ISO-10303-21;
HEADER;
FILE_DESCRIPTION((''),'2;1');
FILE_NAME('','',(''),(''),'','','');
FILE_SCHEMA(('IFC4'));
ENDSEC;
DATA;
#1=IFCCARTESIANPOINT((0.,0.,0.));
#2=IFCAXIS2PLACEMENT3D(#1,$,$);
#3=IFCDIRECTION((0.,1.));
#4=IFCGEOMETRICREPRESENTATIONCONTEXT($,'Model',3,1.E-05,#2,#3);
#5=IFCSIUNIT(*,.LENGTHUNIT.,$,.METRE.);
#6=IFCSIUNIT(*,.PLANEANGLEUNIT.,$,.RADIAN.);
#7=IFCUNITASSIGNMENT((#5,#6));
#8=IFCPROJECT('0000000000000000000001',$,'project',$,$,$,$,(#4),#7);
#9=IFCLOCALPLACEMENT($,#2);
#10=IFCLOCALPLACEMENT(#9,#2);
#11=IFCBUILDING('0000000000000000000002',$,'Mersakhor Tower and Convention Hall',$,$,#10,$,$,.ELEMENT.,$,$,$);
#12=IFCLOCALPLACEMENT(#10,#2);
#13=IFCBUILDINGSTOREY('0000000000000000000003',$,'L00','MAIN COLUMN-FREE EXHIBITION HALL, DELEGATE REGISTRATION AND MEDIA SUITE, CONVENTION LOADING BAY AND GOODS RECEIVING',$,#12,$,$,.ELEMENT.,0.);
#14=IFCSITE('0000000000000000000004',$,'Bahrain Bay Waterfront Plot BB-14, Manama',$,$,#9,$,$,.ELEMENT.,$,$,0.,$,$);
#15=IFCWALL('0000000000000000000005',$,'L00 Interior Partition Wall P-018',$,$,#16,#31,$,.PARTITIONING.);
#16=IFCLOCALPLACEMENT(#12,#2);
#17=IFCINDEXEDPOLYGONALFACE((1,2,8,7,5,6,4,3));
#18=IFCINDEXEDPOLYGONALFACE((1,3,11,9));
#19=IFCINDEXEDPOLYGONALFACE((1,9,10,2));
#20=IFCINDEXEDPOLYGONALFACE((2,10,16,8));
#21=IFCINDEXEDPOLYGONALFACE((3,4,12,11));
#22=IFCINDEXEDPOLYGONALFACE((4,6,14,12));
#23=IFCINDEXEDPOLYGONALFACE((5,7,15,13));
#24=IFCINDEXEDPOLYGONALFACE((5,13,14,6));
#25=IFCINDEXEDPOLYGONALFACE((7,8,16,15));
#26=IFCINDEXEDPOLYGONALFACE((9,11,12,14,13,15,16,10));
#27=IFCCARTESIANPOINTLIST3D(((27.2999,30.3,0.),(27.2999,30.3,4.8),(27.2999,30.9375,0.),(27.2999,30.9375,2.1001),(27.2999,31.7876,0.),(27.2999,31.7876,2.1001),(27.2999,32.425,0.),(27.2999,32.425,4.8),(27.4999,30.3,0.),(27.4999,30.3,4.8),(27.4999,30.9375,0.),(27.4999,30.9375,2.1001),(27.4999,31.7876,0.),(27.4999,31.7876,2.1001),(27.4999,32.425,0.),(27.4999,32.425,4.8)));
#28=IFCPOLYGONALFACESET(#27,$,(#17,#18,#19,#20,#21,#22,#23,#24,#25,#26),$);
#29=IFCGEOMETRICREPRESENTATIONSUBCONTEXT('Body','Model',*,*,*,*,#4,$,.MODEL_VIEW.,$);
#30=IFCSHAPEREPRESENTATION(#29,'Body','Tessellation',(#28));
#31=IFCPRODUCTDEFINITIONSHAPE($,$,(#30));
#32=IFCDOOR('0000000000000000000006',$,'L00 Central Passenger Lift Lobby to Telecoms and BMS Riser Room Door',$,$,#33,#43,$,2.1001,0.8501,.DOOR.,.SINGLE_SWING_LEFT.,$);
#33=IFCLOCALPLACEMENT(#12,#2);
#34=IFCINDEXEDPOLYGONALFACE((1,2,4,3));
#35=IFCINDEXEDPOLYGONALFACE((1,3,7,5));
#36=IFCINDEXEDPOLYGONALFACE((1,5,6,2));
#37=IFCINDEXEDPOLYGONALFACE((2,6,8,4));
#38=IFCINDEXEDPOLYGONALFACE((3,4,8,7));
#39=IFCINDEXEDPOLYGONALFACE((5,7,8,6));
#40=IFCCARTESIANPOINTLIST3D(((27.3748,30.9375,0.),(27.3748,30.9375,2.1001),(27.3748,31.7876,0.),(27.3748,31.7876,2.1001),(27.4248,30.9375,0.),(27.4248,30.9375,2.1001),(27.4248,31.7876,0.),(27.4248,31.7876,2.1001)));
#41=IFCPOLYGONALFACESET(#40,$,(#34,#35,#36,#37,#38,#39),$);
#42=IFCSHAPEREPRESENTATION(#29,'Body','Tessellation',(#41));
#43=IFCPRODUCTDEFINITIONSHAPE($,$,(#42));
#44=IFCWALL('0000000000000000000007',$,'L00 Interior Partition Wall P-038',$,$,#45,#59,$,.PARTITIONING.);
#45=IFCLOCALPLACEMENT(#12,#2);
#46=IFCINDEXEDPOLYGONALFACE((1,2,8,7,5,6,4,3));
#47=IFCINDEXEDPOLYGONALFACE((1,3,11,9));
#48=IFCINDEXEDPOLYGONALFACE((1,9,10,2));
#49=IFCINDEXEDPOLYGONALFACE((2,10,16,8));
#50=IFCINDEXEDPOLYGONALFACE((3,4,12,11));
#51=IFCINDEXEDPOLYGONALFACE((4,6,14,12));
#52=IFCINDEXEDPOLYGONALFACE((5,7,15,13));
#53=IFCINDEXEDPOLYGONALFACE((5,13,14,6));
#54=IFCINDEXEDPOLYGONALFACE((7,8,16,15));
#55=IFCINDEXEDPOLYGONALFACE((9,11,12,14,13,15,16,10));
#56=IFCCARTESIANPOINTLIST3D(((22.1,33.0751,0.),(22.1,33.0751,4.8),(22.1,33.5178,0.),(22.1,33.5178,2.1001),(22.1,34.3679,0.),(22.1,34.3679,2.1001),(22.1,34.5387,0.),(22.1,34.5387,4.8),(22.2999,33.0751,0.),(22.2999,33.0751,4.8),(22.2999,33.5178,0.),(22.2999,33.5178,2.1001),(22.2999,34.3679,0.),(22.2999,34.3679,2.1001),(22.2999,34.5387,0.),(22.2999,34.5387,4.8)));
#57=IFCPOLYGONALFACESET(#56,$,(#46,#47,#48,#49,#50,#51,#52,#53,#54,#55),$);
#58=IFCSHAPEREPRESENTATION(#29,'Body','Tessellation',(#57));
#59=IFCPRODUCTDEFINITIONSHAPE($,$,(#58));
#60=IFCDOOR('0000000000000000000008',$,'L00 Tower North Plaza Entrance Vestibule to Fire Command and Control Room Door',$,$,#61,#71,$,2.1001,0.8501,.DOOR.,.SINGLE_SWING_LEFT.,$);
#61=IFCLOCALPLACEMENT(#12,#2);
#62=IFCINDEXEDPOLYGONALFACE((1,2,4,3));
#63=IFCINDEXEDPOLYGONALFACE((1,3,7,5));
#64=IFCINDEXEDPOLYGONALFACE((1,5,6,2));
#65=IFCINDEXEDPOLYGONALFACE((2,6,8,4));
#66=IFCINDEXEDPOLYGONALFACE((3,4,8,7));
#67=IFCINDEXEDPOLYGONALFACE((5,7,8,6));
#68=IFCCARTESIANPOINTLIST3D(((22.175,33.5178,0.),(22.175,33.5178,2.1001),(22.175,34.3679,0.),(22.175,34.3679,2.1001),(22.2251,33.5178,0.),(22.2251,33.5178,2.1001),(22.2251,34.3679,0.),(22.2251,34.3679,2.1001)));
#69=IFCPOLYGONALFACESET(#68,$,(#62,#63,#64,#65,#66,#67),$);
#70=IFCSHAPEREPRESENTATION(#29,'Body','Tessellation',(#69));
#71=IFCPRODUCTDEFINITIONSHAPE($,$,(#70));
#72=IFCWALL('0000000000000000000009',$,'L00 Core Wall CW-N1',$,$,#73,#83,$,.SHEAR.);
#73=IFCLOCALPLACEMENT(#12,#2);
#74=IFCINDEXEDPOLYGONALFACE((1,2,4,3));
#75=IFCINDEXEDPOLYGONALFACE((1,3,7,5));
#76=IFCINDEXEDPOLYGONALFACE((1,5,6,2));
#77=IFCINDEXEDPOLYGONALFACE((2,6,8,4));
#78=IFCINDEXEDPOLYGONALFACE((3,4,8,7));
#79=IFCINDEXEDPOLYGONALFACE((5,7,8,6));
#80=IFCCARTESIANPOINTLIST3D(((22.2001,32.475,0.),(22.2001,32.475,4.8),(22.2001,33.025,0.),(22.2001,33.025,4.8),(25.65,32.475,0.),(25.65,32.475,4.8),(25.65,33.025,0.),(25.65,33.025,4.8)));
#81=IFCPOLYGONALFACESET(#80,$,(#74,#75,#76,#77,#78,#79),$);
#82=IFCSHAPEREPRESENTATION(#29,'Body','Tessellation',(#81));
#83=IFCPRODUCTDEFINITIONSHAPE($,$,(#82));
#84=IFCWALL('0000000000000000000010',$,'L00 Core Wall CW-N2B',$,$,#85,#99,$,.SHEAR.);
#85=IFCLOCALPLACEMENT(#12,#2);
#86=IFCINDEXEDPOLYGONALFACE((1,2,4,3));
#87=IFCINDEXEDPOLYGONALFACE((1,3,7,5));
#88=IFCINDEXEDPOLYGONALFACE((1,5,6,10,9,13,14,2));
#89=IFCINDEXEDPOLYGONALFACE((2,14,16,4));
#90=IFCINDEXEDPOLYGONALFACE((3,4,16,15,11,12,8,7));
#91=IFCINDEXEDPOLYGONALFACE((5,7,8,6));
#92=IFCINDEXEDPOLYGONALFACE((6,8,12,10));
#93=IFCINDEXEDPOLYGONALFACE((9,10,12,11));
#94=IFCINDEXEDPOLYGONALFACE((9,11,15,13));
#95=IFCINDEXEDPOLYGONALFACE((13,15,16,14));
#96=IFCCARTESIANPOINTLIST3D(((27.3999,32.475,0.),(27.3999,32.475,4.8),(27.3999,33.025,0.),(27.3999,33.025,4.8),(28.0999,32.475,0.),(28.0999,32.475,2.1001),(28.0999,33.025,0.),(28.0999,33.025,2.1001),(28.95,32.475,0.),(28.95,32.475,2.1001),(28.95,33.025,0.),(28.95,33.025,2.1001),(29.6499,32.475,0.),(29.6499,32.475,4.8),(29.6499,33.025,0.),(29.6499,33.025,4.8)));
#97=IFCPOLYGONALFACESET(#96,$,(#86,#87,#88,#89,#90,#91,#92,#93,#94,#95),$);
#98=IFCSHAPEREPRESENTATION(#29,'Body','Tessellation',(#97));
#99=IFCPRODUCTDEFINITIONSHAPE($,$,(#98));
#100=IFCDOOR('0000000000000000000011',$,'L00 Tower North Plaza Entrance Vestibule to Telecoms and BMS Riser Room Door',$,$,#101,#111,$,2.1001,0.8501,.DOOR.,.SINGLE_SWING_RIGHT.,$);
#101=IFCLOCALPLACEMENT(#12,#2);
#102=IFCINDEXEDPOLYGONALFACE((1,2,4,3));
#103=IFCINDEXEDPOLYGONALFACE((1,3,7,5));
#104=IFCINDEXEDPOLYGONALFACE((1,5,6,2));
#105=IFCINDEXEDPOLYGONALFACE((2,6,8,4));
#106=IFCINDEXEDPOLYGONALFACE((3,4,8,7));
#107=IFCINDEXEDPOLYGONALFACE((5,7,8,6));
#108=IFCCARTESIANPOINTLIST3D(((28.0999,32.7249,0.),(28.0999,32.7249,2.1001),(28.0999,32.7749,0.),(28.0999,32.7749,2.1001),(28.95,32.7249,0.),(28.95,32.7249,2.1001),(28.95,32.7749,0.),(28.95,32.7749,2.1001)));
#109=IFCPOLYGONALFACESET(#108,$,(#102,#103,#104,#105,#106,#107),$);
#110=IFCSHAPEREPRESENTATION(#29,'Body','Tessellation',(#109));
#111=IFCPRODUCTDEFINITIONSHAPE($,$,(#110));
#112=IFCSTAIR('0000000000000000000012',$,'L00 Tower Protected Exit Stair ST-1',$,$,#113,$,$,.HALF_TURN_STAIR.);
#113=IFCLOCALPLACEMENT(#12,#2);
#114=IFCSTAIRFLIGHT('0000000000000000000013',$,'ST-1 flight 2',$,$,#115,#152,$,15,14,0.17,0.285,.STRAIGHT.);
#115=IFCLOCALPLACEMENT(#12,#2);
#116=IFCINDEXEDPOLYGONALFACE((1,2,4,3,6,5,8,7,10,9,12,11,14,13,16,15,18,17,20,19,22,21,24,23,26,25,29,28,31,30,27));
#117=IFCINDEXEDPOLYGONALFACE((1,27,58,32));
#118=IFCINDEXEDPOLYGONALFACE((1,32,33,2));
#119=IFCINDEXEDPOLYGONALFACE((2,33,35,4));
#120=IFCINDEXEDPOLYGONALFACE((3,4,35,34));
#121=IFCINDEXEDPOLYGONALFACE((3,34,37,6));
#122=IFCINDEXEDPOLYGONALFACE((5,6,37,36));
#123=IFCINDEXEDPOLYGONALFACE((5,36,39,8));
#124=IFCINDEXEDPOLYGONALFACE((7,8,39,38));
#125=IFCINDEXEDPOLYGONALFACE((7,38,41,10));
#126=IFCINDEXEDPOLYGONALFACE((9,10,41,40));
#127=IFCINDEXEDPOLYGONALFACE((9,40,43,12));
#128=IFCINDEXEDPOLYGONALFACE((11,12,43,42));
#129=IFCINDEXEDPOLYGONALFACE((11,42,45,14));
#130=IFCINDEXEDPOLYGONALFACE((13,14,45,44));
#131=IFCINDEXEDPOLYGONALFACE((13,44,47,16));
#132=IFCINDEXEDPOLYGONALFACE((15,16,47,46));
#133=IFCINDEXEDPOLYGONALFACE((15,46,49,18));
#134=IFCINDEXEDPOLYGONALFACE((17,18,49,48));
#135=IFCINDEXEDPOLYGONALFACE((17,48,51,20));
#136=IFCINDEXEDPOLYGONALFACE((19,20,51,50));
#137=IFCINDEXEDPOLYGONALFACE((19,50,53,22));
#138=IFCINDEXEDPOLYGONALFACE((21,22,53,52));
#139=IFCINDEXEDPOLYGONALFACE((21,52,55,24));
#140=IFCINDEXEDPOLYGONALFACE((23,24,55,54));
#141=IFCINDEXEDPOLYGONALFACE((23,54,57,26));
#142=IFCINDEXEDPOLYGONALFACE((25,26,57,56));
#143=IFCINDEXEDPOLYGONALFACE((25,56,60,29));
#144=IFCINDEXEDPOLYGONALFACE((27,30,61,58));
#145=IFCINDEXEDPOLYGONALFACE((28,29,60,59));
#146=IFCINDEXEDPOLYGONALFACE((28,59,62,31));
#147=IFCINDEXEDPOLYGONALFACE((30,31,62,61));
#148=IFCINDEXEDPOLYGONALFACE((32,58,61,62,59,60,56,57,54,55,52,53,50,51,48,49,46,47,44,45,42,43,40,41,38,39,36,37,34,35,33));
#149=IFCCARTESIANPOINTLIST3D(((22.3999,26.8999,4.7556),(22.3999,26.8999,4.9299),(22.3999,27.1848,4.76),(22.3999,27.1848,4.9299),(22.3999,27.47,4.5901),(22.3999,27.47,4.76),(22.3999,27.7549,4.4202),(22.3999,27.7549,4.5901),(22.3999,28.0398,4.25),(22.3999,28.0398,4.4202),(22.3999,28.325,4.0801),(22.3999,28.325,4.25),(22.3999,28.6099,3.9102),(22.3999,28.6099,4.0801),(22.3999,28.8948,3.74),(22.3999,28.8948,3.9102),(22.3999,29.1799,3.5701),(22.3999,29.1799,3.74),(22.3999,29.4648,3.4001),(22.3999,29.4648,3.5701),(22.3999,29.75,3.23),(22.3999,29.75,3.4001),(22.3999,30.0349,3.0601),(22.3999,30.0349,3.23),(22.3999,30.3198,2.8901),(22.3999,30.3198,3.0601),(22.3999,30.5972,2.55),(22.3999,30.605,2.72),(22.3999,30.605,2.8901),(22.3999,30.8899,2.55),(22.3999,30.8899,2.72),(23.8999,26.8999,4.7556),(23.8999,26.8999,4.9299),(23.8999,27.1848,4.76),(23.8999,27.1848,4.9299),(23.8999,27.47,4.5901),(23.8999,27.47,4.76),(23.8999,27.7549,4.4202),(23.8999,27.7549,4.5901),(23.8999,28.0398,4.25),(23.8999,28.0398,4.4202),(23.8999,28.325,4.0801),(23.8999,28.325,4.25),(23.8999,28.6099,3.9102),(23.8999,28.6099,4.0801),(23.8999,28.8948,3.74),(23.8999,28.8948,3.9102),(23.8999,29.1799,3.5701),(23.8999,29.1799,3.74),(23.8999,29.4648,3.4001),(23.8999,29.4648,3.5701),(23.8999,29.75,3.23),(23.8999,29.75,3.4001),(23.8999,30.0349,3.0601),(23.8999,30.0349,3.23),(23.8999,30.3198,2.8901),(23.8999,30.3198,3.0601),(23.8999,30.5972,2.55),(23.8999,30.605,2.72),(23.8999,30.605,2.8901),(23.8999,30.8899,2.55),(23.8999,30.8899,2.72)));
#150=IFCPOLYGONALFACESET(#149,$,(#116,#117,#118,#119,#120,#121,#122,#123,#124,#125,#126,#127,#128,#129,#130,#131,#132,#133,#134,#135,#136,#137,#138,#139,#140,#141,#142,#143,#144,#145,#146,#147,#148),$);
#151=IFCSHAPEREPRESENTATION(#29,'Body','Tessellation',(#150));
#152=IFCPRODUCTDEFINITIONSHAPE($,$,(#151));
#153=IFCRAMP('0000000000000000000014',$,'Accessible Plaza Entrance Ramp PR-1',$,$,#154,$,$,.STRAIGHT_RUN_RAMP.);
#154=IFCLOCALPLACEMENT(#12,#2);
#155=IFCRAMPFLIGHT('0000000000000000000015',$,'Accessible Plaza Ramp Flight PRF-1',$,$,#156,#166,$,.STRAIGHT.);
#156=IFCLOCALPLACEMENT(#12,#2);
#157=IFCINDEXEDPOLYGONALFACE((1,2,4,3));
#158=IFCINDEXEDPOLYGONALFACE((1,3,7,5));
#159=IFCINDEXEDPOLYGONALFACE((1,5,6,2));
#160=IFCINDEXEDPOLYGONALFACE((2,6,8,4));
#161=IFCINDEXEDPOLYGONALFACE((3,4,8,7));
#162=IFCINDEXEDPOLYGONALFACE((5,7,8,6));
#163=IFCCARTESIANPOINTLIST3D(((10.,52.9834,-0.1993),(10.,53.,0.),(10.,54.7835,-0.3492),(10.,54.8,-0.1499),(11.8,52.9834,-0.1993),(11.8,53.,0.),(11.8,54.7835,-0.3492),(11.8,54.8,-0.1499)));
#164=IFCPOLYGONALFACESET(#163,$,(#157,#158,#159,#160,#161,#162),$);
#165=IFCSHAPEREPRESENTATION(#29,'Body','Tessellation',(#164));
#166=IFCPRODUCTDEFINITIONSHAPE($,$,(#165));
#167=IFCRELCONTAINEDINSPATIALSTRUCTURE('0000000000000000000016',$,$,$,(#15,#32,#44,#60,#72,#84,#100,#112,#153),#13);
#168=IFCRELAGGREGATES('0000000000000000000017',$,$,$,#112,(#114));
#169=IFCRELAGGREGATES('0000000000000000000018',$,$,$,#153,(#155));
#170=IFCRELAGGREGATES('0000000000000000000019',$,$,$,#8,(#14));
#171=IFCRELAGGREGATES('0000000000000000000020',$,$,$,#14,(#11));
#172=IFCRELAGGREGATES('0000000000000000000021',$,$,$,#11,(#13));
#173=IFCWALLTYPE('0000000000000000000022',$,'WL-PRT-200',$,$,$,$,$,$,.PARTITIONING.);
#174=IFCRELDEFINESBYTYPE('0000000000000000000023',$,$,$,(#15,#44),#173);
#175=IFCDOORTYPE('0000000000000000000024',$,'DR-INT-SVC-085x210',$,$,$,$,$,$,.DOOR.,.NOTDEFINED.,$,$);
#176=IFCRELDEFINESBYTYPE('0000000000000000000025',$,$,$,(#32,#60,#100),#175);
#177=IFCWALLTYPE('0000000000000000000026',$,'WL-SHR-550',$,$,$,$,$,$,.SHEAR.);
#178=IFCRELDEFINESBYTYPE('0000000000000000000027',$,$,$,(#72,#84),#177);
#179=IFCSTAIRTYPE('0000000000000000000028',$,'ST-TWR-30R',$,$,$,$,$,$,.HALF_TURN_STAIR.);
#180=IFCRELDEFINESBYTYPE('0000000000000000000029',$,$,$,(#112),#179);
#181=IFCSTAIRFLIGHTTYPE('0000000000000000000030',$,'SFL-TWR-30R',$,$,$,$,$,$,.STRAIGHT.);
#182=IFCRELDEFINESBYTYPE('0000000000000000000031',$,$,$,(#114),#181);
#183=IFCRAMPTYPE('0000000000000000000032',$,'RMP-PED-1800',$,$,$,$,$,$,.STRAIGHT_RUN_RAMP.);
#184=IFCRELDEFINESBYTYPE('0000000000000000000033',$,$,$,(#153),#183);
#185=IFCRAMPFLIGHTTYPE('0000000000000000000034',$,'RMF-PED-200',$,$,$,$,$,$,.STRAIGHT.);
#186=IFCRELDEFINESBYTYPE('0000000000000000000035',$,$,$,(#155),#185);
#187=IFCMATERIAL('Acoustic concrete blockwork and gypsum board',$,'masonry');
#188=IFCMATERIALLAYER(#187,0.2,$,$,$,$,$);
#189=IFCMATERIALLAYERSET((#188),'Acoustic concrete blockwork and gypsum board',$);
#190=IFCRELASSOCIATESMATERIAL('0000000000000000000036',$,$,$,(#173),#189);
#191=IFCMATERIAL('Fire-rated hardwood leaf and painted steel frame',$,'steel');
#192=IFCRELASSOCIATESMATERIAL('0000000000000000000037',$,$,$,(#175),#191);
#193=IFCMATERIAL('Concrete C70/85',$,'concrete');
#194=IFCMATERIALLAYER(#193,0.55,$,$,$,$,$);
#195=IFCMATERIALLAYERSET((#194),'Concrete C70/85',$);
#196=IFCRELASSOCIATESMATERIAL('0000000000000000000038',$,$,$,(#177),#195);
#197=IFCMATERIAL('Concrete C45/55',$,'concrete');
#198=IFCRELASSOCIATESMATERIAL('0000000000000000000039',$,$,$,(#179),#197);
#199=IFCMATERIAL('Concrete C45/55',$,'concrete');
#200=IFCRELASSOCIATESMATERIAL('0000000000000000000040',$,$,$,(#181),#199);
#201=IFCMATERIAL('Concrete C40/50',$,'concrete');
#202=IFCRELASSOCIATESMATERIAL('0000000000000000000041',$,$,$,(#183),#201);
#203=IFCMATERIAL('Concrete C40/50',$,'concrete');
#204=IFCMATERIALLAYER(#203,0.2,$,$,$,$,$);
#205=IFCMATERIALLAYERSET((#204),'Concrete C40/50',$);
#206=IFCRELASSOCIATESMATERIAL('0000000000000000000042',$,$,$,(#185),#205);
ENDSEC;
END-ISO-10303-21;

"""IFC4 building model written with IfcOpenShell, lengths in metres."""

from ifc_helpers import new_model, si_unit, direction, frame, frame_2d, origin, place, context, subcontext, project, spatial, polyline, rectangle, outline, extrude, material, layer, layer_set, type_object, element, fill, aggregate, save


model = new_model("IFC4")

# Units and contexts
model_context = context("Model", 3, precision=1e-05, world=origin(), true_north=direction((0.0, 1.0)))
body_context = subcontext(model_context, "Body", "Model", "MODEL_VIEW")
ifc_project = project(units=[si_unit("LENGTHUNIT", "METRE"), si_unit("PLANEANGLEUNIT", "RADIAN")], contexts=[model_context])

# Site, building, storey
site_placement = place(None, origin())
site = spatial("IfcSite", under=ifc_project, at=site_placement, Name="Bahrain Bay Waterfront Plot BB-14, Manama", CompositionType="ELEMENT", RefElevation=0.0)
building_placement = place(site_placement, origin())
building = spatial("IfcBuilding", under=site, at=building_placement, Name="Mersakhor Tower and Convention Hall", CompositionType="ELEMENT")
storey_placement = place(building_placement, origin())
storey = spatial("IfcBuildingStorey", under=building, at=storey_placement, Name="L00", Description="MAIN COLUMN-FREE EXHIBITION HALL, DELEGATE REGISTRATION AND MEDIA SUITE, CONVENTION LOADING BAY AND GOODS RECEIVING", CompositionType="ELEMENT", Elevation=0.0)

# Walls, openings, doors
ifc_material_1 = material(Name="Acoustic concrete blockwork and gypsum board", Category="masonry")
ifc_layer_1 = layer(ifc_material_1, 0.2)
ifc_layer_set_1 = layer_set([ifc_layer_1], Name="Acoustic concrete blockwork and gypsum board")
wall_type_1 = type_object("IfcWallType", Name="WL-PRT-200", PredefinedType="PARTITIONING", material=ifc_layer_set_1)
wall_1_placement = place(storey_placement, frame((27.3999, 32.425, 0.0), z_axis=(0.0, 0.0, 1.0), x_axis=(0.0, -1.0, 0.0)))
wall_1 = element("IfcWall", 1, at=wall_1_placement, inside=storey, type_object=wall_type_1, Name="L00 Interior Partition Wall P-018", PredefinedType="PARTITIONING", context=body_context, shape_type="SweptSolid", body=[
    extrude(rectangle(XDim=2.125, YDim=0.2, at=frame_2d((1.0625, 0.0))), origin(), (0.0, 0.0, 1.0), 4.8),
])
opening_1_placement = place(wall_1_placement, frame((0.6375, 0.0, 0.0)))
opening_1 = element("IfcOpeningElement", 2, at=opening_1_placement, cuts=wall_1, PredefinedType="OPENING", context=body_context, shape_type="SweptSolid", body=[
    extrude(rectangle(XDim=0.8501, YDim=2.1001, at=frame_2d((0.425, 1.05))), frame((0.0, 0.1099, 0.0), z_axis=(0.0, -1.0, 0.0), x_axis=(1.0, 0.0, 0.0)), (0.0, 0.0, 1.0), 0.22),
])
ifc_material_2 = material(Name="Fire-rated hardwood leaf and painted steel frame", Category="steel")
door_type_1 = type_object("IfcDoorType", Name="DR-INT-SVC-085x210", OperationType="NOTDEFINED", PredefinedType="DOOR", material=ifc_material_2)
door_1_placement = place(opening_1_placement, origin())
door_1 = element("IfcDoor", 3, at=door_1_placement, inside=storey, type_object=door_type_1, Name="L00 Central Passenger Lift Lobby to Telecoms and BMS Riser Room Door", OperationType="SINGLE_SWING_LEFT", OverallHeight=2.1001, OverallWidth=0.8501, PredefinedType="DOOR", context=body_context, shape_type="SweptSolid", body=[
    extrude(rectangle(XDim=0.8501, YDim=2.1001, at=frame_2d((0.425, 1.05))), frame((0.0, 0.0249, 0.0), z_axis=(0.0, -1.0, 0.0), x_axis=(1.0, 0.0, 0.0)), (0.0, 0.0, 1.0), 0.05),
])
fill(opening_1, door_1)
wall_2_placement = place(storey_placement, frame((22.2, 33.075, 0.0), z_axis=(0.0, 0.0, 1.0), x_axis=(0.0, 1.0, 0.0)))
wall_2 = element("IfcWall", 4, at=wall_2_placement, inside=storey, type_object=wall_type_1, Name="L00 Interior Partition Wall P-038", PredefinedType="PARTITIONING", context=body_context, shape_type="SweptSolid", body=[
    extrude(rectangle(XDim=1.4636, YDim=0.2, at=frame_2d((0.7319, 0.0))), origin(), (0.0, 0.0, 1.0), 4.8),
])
opening_2_placement = place(wall_2_placement, frame((0.4429, 0.0, 0.0)))
opening_2 = element("IfcOpeningElement", 5, at=opening_2_placement, cuts=wall_2, PredefinedType="OPENING", context=body_context, shape_type="SweptSolid", body=[
    extrude(rectangle(XDim=0.8501, YDim=2.1001, at=frame_2d((0.425, 1.05))), frame((0.0, 0.1099, 0.0), z_axis=(0.0, -1.0, 0.0), x_axis=(1.0, 0.0, 0.0)), (0.0, 0.0, 1.0), 0.22),
])
door_2_placement = place(opening_2_placement, origin())
door_2 = element("IfcDoor", 6, at=door_2_placement, inside=storey, type_object=door_type_1, Name="L00 Tower North Plaza Entrance Vestibule to Fire Command and Control Room Door", OperationType="SINGLE_SWING_LEFT", OverallHeight=2.1001, OverallWidth=0.8501, PredefinedType="DOOR", context=body_context, shape_type="SweptSolid", body=[
    extrude(rectangle(XDim=0.8501, YDim=2.1001, at=frame_2d((0.425, 1.05))), frame((0.0, 0.0249, 0.0), z_axis=(0.0, -1.0, 0.0), x_axis=(1.0, 0.0, 0.0)), (0.0, 0.0, 1.0), 0.05),
])
fill(opening_2, door_2)

# Wall
ifc_material_3 = material(Name="Concrete C70/85", Category="concrete")
ifc_layer_2 = layer(ifc_material_3, 0.55)
ifc_layer_set_2 = layer_set([ifc_layer_2], Name="Concrete C70/85")
wall_type_2 = type_object("IfcWallType", Name="WL-SHR-550", PredefinedType="SHEAR", material=ifc_layer_set_2)
wall_3_placement = place(storey_placement, frame((22.2, 32.75, 0.0), z_axis=(0.0, 0.0, 1.0), x_axis=(1.0, 0.0, 0.0)))
element("IfcWall", 7, at=wall_3_placement, inside=storey, type_object=wall_type_2, Name="L00 Core Wall CW-N1", PredefinedType="SHEAR", context=body_context, shape_type="SweptSolid", body=[
    extrude(rectangle(XDim=3.45, YDim=0.55, at=frame_2d((1.7251, 0.0))), origin(), (0.0, 0.0, 1.0), 4.8),
])

# Wall, opening, door
wall_4_placement = place(storey_placement, frame((27.3999, 32.75, 0.0), z_axis=(0.0, 0.0, 1.0), x_axis=(1.0, 0.0, 0.0)))
wall_4 = element("IfcWall", 8, at=wall_4_placement, inside=storey, type_object=wall_type_2, Name="L00 Core Wall CW-N2B", PredefinedType="SHEAR", context=body_context, shape_type="SweptSolid", body=[
    extrude(rectangle(XDim=2.25, YDim=0.55, at=frame_2d((1.125, 0.0))), origin(), (0.0, 0.0, 1.0), 4.8),
])
opening_3_placement = place(wall_4_placement, frame((0.7, 0.0, 0.0)))
opening_3 = element("IfcOpeningElement", 9, at=opening_3_placement, cuts=wall_4, PredefinedType="OPENING", context=body_context, shape_type="SweptSolid", body=[
    extrude(rectangle(XDim=0.8501, YDim=2.1001, at=frame_2d((0.425, 1.05))), frame((0.0, 0.2849, 0.0), z_axis=(0.0, -1.0, 0.0), x_axis=(1.0, 0.0, 0.0)), (0.0, 0.0, 1.0), 0.5701),
])
door_3_placement = place(opening_3_placement, origin())
door_3 = element("IfcDoor", 10, at=door_3_placement, inside=storey, type_object=door_type_1, Name="L00 Tower North Plaza Entrance Vestibule to Telecoms and BMS Riser Room Door", OperationType="SINGLE_SWING_RIGHT", OverallHeight=2.1001, OverallWidth=0.8501, PredefinedType="DOOR", context=body_context, shape_type="SweptSolid", body=[
    extrude(rectangle(XDim=0.8501, YDim=2.1001, at=frame_2d((0.425, 1.05))), frame((0.0, 0.0249, 0.0), z_axis=(0.0, -1.0, 0.0), x_axis=(1.0, 0.0, 0.0)), (0.0, 0.0, 1.0), 0.05),
])
fill(opening_3, door_3)

# Stair, stair flight
ifc_material_4 = material(Name="Concrete C45/55", Category="concrete")
stair_type = type_object("IfcStairType", Name="ST-TWR-30R", PredefinedType="HALF_TURN_STAIR", material=ifc_material_4)
stair_placement = place(storey_placement, origin())
stair = element("IfcStair", 11, at=stair_placement, inside=storey, type_object=stair_type, Name="L00 Tower Protected Exit Stair ST-1", PredefinedType="HALF_TURN_STAIR")
ifc_material_5 = material(Name="Concrete C45/55", Category="concrete")
stair_flight_type = type_object("IfcStairFlightType", Name="SFL-TWR-30R", PredefinedType="STRAIGHT", material=ifc_material_5)
stair_flight_placement = place(storey_placement, frame((23.1499, 30.8899, 2.55), z_axis=(0.0, 0.0, 1.0), x_axis=(0.0, -1.0, 0.0)))
stair_flight = element("IfcStairFlight", 12, at=stair_flight_placement, type_object=stair_flight_type, Name="ST-1 flight 2", NumberOfRisers=15, NumberOfTreads=14, PredefinedType="STRAIGHT", RiserHeight=0.17, TreadLength=0.285, context=body_context, shape_type="SweptSolid", body=[
    extrude(outline(polyline([(0.0, 0.0), (0.0, 0.1699), (0.2849, 0.1699), (0.2849, 0.3401), (0.5701, 0.3401), (0.5701, 0.51), (0.855, 0.51), (0.855, 0.6799), (1.1399, 0.6799), (1.1399, 0.8501), (1.425, 0.8501), (1.425, 1.02), (1.71, 1.02), (1.71, 1.1899), (1.9951, 1.1899), (1.9951, 1.3601), (2.28, 1.3601), (2.28, 1.53), (2.5649, 1.53), (2.5649, 1.7), (2.8501, 1.7), (2.8501, 1.8701), (3.135, 1.8701), (3.135, 2.04), (3.4199, 2.04), (3.4199, 2.21), (3.7051, 2.21), (3.7051, 2.3799), (3.99, 2.3799), (3.99, 2.55), (3.99, 2.2056), (0.2927, 0.0), (0.0, 0.0)])), frame((0.0, 0.75, 0.0), z_axis=(0.0, -1.0, 0.0), x_axis=(1.0, 0.0, 0.0)), (0.0, 0.0, 1.0), 1.5),
])
aggregate(stair, [stair_flight])

# Ramp, ramp flight
ifc_material_6 = material(Name="Concrete C40/50", Category="concrete")
ramp_type = type_object("IfcRampType", Name="RMP-PED-1800", PredefinedType="STRAIGHT_RUN_RAMP", material=ifc_material_6)
ramp_1_placement = place(storey_placement, origin())
ramp_1 = element("IfcRamp", 13, at=ramp_1_placement, inside=storey, type_object=ramp_type, Name="Accessible Plaza Entrance Ramp PR-1", PredefinedType="STRAIGHT_RUN_RAMP")
ifc_material_7 = material(Name="Concrete C40/50", Category="concrete")
ifc_layer_3 = layer(ifc_material_7, 0.2)
ifc_layer_set_3 = layer_set([ifc_layer_3], Name="Concrete C40/50")
ramp_flight_type = type_object("IfcRampFlightType", Name="RMF-PED-200", PredefinedType="STRAIGHT", material=ifc_layer_set_3)
ramp_flight_1_placement = place(storey_placement, frame((10.0, 54.8, -0.1499), z_axis=(0.0, 0.08299, 0.99655), x_axis=(1.0, 0.0, 0.0)))
ramp_flight_1 = element("IfcRampFlight", 14, at=ramp_flight_1_placement, type_object=ramp_flight_type, Name="Accessible Plaza Ramp Flight PRF-1", PredefinedType="STRAIGHT", context=body_context, shape_type="SweptSolid", body=[
    extrude(outline(polyline([(0.0, 0.0), (1.8, 0.0), (1.8, -1.8063), (0.0, -1.8063), (0.0, 0.0)])), origin(), (0.0, 0.0, -1.0), 0.2),
])
aggregate(ramp_1, [ramp_flight_1])

save(model, "model.ifc")
